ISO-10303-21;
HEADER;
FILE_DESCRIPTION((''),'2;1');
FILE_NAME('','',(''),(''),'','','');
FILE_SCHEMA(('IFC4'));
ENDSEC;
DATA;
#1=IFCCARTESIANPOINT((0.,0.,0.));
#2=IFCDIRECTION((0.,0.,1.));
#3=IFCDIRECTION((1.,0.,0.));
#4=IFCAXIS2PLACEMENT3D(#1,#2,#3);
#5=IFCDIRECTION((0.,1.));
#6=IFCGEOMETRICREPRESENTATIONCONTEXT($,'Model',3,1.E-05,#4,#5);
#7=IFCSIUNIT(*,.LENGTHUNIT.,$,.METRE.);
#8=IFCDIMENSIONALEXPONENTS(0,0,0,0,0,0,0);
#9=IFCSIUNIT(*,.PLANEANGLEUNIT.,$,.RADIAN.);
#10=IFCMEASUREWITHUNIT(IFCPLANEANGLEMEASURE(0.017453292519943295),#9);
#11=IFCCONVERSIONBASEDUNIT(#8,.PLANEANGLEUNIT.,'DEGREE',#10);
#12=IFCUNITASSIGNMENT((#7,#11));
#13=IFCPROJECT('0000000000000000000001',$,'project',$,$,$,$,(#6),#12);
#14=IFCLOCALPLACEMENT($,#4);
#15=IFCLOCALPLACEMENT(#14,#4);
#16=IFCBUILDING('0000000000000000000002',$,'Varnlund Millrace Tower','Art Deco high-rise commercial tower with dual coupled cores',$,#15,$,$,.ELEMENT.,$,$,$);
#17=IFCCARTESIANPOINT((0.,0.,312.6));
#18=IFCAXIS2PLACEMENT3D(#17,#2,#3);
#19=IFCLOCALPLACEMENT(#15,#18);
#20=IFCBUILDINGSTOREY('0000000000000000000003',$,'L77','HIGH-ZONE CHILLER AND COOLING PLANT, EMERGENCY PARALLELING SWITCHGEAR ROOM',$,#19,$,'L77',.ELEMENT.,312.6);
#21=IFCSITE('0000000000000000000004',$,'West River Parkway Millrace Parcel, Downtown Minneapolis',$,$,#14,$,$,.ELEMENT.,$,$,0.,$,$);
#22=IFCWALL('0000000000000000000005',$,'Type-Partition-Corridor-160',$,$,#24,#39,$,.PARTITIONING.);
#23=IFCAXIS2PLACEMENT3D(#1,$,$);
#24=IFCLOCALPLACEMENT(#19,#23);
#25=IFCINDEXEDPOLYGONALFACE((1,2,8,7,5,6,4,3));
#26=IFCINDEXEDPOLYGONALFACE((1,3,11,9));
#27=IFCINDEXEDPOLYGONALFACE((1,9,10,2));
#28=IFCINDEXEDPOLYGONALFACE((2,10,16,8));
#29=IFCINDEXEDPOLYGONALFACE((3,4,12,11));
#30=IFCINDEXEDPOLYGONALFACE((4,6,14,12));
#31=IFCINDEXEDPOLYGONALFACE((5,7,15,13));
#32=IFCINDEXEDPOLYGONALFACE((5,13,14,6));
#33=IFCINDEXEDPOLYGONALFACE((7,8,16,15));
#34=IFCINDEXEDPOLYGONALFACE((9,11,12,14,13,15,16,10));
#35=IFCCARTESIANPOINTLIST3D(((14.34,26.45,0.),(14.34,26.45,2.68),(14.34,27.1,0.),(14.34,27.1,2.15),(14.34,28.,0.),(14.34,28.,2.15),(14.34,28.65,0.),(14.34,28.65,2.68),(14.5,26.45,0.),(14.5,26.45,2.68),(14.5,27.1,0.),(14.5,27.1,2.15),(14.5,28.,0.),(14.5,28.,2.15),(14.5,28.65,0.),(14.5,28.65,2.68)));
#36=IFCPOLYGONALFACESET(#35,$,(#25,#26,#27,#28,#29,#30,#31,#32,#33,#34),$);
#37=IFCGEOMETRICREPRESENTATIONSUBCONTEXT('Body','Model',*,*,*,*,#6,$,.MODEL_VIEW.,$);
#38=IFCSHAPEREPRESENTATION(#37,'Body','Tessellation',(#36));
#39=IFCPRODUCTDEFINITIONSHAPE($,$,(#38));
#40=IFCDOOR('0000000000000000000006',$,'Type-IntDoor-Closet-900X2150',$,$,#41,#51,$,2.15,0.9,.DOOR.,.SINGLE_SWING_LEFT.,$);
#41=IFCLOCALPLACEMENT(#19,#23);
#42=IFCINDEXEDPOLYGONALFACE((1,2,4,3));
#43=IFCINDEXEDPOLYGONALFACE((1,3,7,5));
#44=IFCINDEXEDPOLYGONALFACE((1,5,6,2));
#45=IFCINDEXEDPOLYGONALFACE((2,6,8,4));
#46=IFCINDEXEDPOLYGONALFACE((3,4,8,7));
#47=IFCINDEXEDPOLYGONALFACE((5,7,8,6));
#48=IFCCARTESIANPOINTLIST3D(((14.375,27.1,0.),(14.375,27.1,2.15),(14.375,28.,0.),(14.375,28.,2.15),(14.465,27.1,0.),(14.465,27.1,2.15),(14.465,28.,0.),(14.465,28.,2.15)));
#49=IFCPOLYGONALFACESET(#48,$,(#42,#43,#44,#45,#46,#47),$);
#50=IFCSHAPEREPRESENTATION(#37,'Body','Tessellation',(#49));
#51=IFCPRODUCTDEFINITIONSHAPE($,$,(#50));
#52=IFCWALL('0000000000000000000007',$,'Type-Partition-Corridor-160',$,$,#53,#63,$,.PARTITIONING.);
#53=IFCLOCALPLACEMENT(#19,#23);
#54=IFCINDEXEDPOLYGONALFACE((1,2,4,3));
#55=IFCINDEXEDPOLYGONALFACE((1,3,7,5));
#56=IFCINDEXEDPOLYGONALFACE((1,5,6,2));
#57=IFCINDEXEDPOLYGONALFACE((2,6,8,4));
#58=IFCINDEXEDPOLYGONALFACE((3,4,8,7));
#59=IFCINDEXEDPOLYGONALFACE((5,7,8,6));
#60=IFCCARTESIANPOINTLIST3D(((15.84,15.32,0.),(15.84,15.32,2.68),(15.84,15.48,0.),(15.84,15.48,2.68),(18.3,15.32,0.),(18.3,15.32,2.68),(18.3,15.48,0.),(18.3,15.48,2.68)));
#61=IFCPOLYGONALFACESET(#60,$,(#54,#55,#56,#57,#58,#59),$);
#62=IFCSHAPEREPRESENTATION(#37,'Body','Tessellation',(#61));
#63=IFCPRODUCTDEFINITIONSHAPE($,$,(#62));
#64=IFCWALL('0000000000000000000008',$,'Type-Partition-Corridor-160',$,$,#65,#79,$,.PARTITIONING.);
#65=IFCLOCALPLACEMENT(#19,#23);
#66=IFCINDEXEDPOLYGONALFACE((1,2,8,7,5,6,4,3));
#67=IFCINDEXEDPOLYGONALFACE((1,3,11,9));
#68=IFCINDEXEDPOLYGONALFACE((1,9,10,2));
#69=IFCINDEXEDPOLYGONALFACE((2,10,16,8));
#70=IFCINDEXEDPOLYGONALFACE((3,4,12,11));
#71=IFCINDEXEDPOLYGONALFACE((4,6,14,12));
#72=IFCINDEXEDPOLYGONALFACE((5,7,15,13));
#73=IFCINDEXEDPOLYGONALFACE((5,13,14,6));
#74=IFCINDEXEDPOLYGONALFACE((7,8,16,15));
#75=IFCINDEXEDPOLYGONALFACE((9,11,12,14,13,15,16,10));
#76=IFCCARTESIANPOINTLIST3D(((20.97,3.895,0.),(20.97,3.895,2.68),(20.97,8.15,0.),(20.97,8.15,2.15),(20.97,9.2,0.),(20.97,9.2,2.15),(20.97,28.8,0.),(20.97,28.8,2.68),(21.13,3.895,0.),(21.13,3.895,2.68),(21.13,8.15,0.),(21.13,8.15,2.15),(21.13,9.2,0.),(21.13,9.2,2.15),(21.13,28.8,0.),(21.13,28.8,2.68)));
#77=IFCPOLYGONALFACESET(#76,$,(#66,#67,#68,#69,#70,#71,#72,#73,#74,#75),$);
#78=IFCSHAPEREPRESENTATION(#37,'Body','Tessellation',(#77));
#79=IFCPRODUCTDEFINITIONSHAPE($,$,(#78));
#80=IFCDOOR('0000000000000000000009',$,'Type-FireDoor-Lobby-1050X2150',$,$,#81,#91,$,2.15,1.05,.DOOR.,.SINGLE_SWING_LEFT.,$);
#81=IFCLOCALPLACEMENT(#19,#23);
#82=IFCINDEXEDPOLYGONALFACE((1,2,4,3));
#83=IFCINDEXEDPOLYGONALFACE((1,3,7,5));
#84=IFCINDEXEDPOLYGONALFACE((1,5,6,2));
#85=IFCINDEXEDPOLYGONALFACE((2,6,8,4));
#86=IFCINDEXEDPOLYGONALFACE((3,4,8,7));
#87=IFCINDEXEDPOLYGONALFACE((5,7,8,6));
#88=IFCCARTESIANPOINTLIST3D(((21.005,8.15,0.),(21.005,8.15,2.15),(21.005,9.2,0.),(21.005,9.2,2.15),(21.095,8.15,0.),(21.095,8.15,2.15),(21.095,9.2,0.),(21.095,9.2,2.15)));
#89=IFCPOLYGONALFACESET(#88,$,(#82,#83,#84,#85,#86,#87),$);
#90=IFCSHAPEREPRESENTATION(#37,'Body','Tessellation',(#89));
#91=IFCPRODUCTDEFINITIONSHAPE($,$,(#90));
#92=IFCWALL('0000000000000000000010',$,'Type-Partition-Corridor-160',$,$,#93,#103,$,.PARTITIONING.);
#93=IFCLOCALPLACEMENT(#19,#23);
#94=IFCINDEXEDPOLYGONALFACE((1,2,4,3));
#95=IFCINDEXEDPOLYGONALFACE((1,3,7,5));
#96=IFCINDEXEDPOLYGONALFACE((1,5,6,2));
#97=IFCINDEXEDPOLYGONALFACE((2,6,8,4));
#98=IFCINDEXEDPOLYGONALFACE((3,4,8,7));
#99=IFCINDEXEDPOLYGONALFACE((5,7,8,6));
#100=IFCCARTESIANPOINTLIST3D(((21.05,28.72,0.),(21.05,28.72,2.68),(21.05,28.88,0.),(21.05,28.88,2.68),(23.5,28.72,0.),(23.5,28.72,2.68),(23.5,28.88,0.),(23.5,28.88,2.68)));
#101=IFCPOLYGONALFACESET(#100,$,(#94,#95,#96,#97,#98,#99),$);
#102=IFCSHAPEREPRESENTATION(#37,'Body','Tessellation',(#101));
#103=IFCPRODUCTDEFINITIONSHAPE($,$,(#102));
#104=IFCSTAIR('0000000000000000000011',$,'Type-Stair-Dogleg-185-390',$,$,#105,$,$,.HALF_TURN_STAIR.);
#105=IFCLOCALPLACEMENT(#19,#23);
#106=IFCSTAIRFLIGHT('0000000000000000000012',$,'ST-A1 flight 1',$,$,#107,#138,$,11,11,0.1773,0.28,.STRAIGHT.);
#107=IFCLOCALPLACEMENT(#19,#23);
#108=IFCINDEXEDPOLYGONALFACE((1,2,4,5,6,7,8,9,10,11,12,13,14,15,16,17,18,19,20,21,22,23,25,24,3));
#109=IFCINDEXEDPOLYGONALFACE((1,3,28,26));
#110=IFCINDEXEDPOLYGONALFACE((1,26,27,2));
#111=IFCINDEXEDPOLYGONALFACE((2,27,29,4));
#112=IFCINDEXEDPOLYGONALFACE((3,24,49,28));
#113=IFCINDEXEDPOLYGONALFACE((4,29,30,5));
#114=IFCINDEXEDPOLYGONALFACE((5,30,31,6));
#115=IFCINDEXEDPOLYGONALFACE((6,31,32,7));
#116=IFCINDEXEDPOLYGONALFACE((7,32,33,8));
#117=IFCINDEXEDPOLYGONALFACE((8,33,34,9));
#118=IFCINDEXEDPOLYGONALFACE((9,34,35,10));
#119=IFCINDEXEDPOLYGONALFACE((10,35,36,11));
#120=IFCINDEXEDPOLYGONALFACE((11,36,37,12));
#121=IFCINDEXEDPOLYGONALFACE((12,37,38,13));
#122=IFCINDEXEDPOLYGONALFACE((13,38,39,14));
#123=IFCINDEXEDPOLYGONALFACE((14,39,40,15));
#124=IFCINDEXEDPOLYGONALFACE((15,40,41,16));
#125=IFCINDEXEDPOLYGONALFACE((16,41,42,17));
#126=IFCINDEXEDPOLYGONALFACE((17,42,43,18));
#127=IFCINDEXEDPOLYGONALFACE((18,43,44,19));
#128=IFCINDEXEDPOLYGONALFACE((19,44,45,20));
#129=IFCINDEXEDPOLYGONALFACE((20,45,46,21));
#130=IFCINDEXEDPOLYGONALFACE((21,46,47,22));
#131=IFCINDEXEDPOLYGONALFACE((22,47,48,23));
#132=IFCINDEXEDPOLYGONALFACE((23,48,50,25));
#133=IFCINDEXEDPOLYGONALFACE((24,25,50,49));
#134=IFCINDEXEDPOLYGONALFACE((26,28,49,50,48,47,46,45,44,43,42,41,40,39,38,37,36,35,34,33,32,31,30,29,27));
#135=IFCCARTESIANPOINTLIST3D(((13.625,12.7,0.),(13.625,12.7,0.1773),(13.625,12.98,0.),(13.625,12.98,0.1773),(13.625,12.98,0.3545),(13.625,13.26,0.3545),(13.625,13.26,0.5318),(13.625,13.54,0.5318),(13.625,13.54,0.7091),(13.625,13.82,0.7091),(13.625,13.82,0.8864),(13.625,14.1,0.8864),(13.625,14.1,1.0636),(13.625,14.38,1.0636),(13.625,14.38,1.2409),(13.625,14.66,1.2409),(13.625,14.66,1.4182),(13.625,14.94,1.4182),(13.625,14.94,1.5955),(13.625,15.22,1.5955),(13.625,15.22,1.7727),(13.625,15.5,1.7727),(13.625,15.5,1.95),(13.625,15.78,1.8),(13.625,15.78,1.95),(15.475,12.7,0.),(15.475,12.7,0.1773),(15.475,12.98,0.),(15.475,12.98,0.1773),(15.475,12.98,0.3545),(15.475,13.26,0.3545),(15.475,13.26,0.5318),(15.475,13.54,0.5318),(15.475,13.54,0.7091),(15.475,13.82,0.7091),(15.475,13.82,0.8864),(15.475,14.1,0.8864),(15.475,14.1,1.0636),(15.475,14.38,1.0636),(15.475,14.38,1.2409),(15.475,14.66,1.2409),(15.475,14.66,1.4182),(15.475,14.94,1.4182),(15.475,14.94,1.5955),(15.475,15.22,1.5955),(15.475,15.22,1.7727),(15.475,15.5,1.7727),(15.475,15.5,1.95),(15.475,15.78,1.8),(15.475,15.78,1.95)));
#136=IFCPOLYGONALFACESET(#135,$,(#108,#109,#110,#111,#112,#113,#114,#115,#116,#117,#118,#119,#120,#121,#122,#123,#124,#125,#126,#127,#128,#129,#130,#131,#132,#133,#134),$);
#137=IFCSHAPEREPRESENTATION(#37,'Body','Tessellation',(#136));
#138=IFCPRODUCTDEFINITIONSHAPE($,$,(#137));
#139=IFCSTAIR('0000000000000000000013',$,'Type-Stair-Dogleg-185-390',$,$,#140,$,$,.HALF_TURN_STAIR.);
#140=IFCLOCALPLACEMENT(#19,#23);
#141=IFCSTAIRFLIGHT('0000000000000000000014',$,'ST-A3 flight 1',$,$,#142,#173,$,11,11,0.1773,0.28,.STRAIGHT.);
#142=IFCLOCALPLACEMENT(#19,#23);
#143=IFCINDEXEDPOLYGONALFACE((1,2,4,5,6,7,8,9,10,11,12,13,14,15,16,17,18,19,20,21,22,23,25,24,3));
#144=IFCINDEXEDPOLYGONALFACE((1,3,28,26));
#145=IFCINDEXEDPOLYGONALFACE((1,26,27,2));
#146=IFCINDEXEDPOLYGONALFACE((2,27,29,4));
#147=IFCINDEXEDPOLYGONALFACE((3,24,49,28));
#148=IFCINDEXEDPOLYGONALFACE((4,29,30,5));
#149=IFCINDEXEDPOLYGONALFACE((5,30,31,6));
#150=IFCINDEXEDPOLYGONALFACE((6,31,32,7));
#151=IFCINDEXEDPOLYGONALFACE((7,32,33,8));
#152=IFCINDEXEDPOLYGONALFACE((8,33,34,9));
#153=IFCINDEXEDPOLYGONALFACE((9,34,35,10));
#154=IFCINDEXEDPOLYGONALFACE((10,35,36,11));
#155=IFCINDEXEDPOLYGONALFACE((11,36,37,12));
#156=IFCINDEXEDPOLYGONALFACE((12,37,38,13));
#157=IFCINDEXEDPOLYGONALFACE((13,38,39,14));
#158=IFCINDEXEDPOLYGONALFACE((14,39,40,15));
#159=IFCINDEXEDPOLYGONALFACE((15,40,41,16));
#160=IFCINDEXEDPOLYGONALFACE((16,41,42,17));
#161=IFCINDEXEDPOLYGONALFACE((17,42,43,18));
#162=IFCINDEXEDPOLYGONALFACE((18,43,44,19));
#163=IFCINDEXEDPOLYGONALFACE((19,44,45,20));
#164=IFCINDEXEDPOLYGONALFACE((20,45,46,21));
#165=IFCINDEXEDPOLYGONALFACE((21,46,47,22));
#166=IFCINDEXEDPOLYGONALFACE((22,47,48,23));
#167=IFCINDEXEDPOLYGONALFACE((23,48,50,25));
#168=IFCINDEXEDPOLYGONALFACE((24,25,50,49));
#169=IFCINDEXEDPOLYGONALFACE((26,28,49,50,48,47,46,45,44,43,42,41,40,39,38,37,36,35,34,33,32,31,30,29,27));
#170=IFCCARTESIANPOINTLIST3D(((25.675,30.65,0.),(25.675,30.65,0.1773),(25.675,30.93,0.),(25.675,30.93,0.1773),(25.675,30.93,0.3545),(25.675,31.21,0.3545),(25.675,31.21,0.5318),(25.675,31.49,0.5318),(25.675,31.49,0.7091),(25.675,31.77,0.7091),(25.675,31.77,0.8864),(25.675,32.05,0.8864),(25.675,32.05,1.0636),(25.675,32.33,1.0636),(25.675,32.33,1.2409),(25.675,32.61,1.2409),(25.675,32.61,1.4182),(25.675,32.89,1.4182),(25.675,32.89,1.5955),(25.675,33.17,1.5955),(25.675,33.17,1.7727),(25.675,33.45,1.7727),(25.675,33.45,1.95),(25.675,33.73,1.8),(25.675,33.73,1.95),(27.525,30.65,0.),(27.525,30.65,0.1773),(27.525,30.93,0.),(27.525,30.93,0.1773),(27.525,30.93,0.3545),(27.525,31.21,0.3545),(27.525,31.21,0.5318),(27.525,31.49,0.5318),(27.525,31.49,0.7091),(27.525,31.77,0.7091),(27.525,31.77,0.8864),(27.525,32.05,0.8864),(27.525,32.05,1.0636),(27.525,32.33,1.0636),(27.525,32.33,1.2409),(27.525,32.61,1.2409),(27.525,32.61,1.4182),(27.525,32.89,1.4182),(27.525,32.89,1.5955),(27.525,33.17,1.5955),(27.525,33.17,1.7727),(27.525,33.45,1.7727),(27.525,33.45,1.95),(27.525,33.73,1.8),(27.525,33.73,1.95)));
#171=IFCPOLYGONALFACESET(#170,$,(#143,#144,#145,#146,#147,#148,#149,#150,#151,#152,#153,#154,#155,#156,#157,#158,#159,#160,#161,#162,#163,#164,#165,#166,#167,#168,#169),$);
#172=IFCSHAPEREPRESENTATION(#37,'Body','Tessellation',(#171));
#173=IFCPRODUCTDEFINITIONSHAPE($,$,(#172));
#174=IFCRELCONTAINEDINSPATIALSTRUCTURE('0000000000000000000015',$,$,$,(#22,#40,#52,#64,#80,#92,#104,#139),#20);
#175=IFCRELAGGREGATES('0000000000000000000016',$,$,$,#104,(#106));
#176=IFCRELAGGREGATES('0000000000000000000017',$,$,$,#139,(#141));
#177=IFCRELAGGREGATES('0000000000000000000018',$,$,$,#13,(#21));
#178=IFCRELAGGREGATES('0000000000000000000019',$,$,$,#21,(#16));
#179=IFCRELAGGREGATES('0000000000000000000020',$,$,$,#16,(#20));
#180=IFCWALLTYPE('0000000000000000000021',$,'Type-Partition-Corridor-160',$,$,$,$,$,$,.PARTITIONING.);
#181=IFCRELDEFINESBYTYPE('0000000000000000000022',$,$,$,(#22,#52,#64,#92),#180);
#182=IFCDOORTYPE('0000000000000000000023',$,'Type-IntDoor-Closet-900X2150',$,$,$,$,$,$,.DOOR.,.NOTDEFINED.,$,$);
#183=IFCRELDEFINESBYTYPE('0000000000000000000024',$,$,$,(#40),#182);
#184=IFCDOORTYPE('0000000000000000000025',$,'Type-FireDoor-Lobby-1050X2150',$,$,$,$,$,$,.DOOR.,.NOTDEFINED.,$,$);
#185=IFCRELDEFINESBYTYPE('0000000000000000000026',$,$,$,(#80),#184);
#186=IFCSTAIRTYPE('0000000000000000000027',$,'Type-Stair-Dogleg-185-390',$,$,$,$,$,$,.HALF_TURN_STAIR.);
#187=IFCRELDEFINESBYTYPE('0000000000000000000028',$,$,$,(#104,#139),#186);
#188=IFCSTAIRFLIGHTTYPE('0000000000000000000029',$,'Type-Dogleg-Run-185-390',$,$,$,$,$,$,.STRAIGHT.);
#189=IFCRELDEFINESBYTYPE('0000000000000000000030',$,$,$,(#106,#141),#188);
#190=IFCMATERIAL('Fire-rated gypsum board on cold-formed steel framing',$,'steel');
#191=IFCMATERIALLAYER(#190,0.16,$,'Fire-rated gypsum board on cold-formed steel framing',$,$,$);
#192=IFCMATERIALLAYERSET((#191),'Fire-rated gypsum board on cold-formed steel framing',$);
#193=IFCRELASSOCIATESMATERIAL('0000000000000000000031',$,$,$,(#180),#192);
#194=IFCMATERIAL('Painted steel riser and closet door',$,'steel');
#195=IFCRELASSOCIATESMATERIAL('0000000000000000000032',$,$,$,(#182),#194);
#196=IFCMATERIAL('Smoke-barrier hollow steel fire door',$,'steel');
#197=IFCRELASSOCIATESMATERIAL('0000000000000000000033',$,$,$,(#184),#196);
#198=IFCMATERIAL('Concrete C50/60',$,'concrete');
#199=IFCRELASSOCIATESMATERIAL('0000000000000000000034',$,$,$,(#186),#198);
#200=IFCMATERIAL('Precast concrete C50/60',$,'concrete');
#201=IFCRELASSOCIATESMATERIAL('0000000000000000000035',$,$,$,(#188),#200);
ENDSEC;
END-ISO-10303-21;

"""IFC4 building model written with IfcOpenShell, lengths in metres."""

from ifc_helpers import new_model, entity, si_unit, converted_unit, direction, frame, origin_with_axes, origin_2d_with_axis, place, context, subcontext, project, spatial, polyline, rectangle, outline, extrude, material, layer, layer_set, type_object, element, fill, aggregate, save


model = new_model("IFC4")

# Units and contexts
model_context = context("Model", 3, precision=1e-05, world=origin_with_axes(), true_north=direction((0.0, 1.0)))
body_context = subcontext(model_context, "Body", "Model", "MODEL_VIEW")
ifc_project = project(units=[si_unit("LENGTHUNIT", "METRE"), converted_unit("PLANEANGLEUNIT", "DEGREE", entity("IfcPlaneAngleMeasure", 0.017453292519943295), si_unit("PLANEANGLEUNIT", "RADIAN"), dimensions=[0, 0, 0, 0, 0, 0, 0])], contexts=[model_context])

# Site, building, storey
site_placement = place(None, origin_with_axes())
site = spatial("IfcSite", under=ifc_project, at=site_placement, Name="West River Parkway Millrace Parcel, Downtown Minneapolis", CompositionType="ELEMENT", RefElevation=0.0)
building_placement = place(site_placement, origin_with_axes())
building = spatial("IfcBuilding", under=site, at=building_placement, Name="Varnlund Millrace Tower", Description="Art Deco high-rise commercial tower with dual coupled cores", CompositionType="ELEMENT")
storey_placement = place(building_placement, frame((0.0, 0.0, 312.6), z_axis=(0.0, 0.0, 1.0), x_axis=(1.0, 0.0, 0.0)))
storey = spatial("IfcBuildingStorey", under=building, at=storey_placement, Name="L77", Description="HIGH-ZONE CHILLER AND COOLING PLANT, EMERGENCY PARALLELING SWITCHGEAR ROOM", LongName="L77", CompositionType="ELEMENT", Elevation=312.6)

# Shared definitions
ifc_material_1 = material(Name="Precast concrete C50/60", Category="concrete")

# Wall, opening, door
ifc_material_2 = material(Name="Fire-rated gypsum board on cold-formed steel framing", Category="steel")
ifc_layer_1 = layer(ifc_material_2, 0.16, Name="Fire-rated gypsum board on cold-formed steel framing")
ifc_layer_set_1 = layer_set([ifc_layer_1], Name="Fire-rated gypsum board on cold-formed steel framing")
wall_type_1 = type_object("IfcWallType", Name="Type-Partition-Corridor-160", PredefinedType="PARTITIONING", material=ifc_layer_set_1)
ifc_material_3 = material(Name="Painted steel riser and closet door", Category="steel")
door_type_1 = type_object("IfcDoorType", Name="Type-IntDoor-Closet-900X2150", OperationType="NOTDEFINED", PredefinedType="DOOR", material=ifc_material_3)
wall_1_placement = place(storey_placement, frame((14.42, 26.45, 0.0), z_axis=(0.0, 0.0, 1.0), x_axis=(0.0, 1.0, 0.0)))
wall_1 = element("IfcWall", 1, at=wall_1_placement, inside=storey, type_object=wall_type_1, Name="Type-Partition-Corridor-160", PredefinedType="PARTITIONING", context=body_context, shape_type="SweptSolid", body=[
    extrude(outline(polyline([(0.0, -0.08), (2.2, -0.08), (2.2, 0.08), (0.0, 0.08), (0.0, -0.08)])), origin_with_axes(), (0.0, 0.0, 1.0), 2.68),
])
opening_1_placement = place(wall_1_placement, frame((1.1, 0.0, 0.0), z_axis=(0.0, 0.0, 1.0), x_axis=(1.0, 0.0, 0.0)))
opening_1 = element("IfcOpeningElement", 2, at=opening_1_placement, cuts=wall_1, PredefinedType="OPENING", context=body_context, shape_type="SweptSolid", body=[
    extrude(rectangle(XDim=0.9, YDim=0.18, at=origin_2d_with_axis()), origin_with_axes(), (0.0, 0.0, 1.0), 2.15),
])
door_1_placement = place(wall_1_placement, frame((1.1, 0.0, 0.0), z_axis=(0.0, 0.0, 1.0), x_axis=(1.0, 0.0, 0.0)))
door_1 = element("IfcDoor", 3, at=door_1_placement, inside=storey, type_object=door_type_1, Name="Type-IntDoor-Closet-900X2150", OperationType="SINGLE_SWING_LEFT", OverallHeight=2.15, OverallWidth=0.9, PredefinedType="DOOR", context=body_context, shape_type="SweptSolid", body=[
    extrude(rectangle(XDim=0.9, YDim=0.09, at=origin_2d_with_axis()), origin_with_axes(), (0.0, 0.0, 1.0), 2.15),
])
fill(opening_1, door_1)

# Wall
wall_2_placement = place(storey_placement, frame((15.84, 15.4, 0.0), z_axis=(0.0, 0.0, 1.0), x_axis=(1.0, 0.0, 0.0)))
element("IfcWall", 4, at=wall_2_placement, inside=storey, type_object=wall_type_1, Name="Type-Partition-Corridor-160", PredefinedType="PARTITIONING", context=body_context, shape_type="SweptSolid", body=[
    extrude(outline(polyline([(0.0, -0.08), (2.46, -0.08), (2.46, 0.08), (0.0, 0.08), (0.0, -0.08)])), origin_with_axes(), (0.0, 0.0, 1.0), 2.68),
])

# Wall, opening, door
wall_3_placement = place(storey_placement, frame((21.05, 3.895, 0.0), z_axis=(0.0, 0.0, 1.0), x_axis=(0.0, 1.0, 0.0)))
wall_3 = element("IfcWall", 5, at=wall_3_placement, inside=storey, type_object=wall_type_1, Name="Type-Partition-Corridor-160", PredefinedType="PARTITIONING", context=body_context, shape_type="SweptSolid", body=[
    extrude(outline(polyline([(0.0, -0.08), (24.905, -0.08), (24.905, 0.08), (0.0, 0.08), (0.0, -0.08)])), origin_with_axes(), (0.0, 0.0, 1.0), 2.68),
])
opening_2_placement = place(wall_3_placement, frame((4.78, 0.0, 0.0), z_axis=(0.0, 0.0, 1.0), x_axis=(1.0, 0.0, 0.0)))
opening_2 = element("IfcOpeningElement", 6, at=opening_2_placement, cuts=wall_3, PredefinedType="OPENING", context=body_context, shape_type="SweptSolid", body=[
    extrude(rectangle(XDim=1.05, YDim=0.18, at=origin_2d_with_axis()), origin_with_axes(), (0.0, 0.0, 1.0), 2.15),
])
ifc_material_4 = material(Name="Smoke-barrier hollow steel fire door", Category="steel")
door_type_2 = type_object("IfcDoorType", Name="Type-FireDoor-Lobby-1050X2150", OperationType="NOTDEFINED", PredefinedType="DOOR", material=ifc_material_4)
door_2_placement = place(wall_3_placement, frame((4.78, 0.0, 0.0), z_axis=(0.0, 0.0, 1.0), x_axis=(1.0, 0.0, 0.0)))
door_2 = element("IfcDoor", 7, at=door_2_placement, inside=storey, type_object=door_type_2, Name="Type-FireDoor-Lobby-1050X2150", OperationType="SINGLE_SWING_LEFT", OverallHeight=2.15, OverallWidth=1.05, PredefinedType="DOOR", context=body_context, shape_type="SweptSolid", body=[
    extrude(rectangle(XDim=1.05, YDim=0.09, at=origin_2d_with_axis()), origin_with_axes(), (0.0, 0.0, 1.0), 2.15),
])
fill(opening_2, door_2)

# Wall
wall_4_placement = place(storey_placement, frame((21.05, 28.8, 0.0), z_axis=(0.0, 0.0, 1.0), x_axis=(1.0, 0.0, 0.0)))
element("IfcWall", 8, at=wall_4_placement, inside=storey, type_object=wall_type_1, Name="Type-Partition-Corridor-160", PredefinedType="PARTITIONING", context=body_context, shape_type="SweptSolid", body=[
    extrude(outline(polyline([(0.0, -0.08), (2.45, -0.08), (2.45, 0.08), (0.0, 0.08), (0.0, -0.08)])), origin_with_axes(), (0.0, 0.0, 1.0), 2.68),
])

# Stairs, stair flights
ifc_material_5 = material(Name="Concrete C50/60", Category="concrete")
stair_type = type_object("IfcStairType", Name="Type-Stair-Dogleg-185-390", PredefinedType="HALF_TURN_STAIR", material=ifc_material_5)
stair_1_placement = place(storey_placement, origin_with_axes())
stair_1 = element("IfcStair", 9, at=stair_1_placement, inside=storey, type_object=stair_type, Name="Type-Stair-Dogleg-185-390", PredefinedType="HALF_TURN_STAIR")
stair_flight_type = type_object("IfcStairFlightType", Name="Type-Dogleg-Run-185-390", PredefinedType="STRAIGHT", material=ifc_material_1)
stair_flight_1_placement = place(storey_placement, frame((13.625, 12.7, 0.0), z_axis=(1.0, 0.0, 0.0), x_axis=(0.0, 1.0, 0.0)))
stair_flight_1 = element("IfcStairFlight", 10, at=stair_flight_1_placement, type_object=stair_flight_type, Name="ST-A1 flight 1", NumberOfRisers=11, NumberOfTreads=11, PredefinedType="STRAIGHT", RiserHeight=0.1773, TreadLength=0.28, context=body_context, shape_type="SweptSolid", body=[
    extrude(outline(polyline([(0.0, 0.0), (0.0, 0.1773), (0.28, 0.1773), (0.28, 0.3545), (0.56, 0.3545), (0.56, 0.5318), (0.84, 0.5318), (0.84, 0.7091), (1.12, 0.7091), (1.12, 0.8864), (1.4, 0.8864), (1.4, 1.0636), (1.68, 1.0636), (1.68, 1.2409), (1.96, 1.2409), (1.96, 1.4182), (2.24, 1.4182), (2.24, 1.5955), (2.52, 1.5955), (2.52, 1.7727), (2.8, 1.7727), (2.8, 1.95), (3.08, 1.95), (3.08, 1.8), (0.28, 0.0), (0.0, 0.0)])), origin_with_axes(), (0.0, 0.0, 1.0), 1.85),
])
aggregate(stair_1, [stair_flight_1])
stair_2_placement = place(storey_placement, origin_with_axes())
stair_2 = element("IfcStair", 11, at=stair_2_placement, inside=storey, type_object=stair_type, Name="Type-Stair-Dogleg-185-390", PredefinedType="HALF_TURN_STAIR")
stair_flight_2_placement = place(storey_placement, frame((25.675, 30.65, 0.0), z_axis=(1.0, 0.0, 0.0), x_axis=(0.0, 1.0, 0.0)))
stair_flight_2 = element("IfcStairFlight", 12, at=stair_flight_2_placement, type_object=stair_flight_type, Name="ST-A3 flight 1", NumberOfRisers=11, NumberOfTreads=11, PredefinedType="STRAIGHT", RiserHeight=0.1773, TreadLength=0.28, context=body_context, shape_type="SweptSolid", body=[
    extrude(outline(polyline([(0.0, 0.0), (0.0, 0.1773), (0.28, 0.1773), (0.28, 0.3545), (0.56, 0.3545), (0.56, 0.5318), (0.84, 0.5318), (0.84, 0.7091), (1.12, 0.7091), (1.12, 0.8864), (1.4, 0.8864), (1.4, 1.0636), (1.68, 1.0636), (1.68, 1.2409), (1.96, 1.2409), (1.96, 1.4182), (2.24, 1.4182), (2.24, 1.5955), (2.52, 1.5955), (2.52, 1.7727), (2.8, 1.7727), (2.8, 1.95), (3.08, 1.95), (3.08, 1.8), (0.28, 0.0), (0.0, 0.0)])), origin_with_axes(), (0.0, 0.0, 1.0), 1.85),
])
aggregate(stair_2, [stair_flight_2])

save(model, "model.ifc")
